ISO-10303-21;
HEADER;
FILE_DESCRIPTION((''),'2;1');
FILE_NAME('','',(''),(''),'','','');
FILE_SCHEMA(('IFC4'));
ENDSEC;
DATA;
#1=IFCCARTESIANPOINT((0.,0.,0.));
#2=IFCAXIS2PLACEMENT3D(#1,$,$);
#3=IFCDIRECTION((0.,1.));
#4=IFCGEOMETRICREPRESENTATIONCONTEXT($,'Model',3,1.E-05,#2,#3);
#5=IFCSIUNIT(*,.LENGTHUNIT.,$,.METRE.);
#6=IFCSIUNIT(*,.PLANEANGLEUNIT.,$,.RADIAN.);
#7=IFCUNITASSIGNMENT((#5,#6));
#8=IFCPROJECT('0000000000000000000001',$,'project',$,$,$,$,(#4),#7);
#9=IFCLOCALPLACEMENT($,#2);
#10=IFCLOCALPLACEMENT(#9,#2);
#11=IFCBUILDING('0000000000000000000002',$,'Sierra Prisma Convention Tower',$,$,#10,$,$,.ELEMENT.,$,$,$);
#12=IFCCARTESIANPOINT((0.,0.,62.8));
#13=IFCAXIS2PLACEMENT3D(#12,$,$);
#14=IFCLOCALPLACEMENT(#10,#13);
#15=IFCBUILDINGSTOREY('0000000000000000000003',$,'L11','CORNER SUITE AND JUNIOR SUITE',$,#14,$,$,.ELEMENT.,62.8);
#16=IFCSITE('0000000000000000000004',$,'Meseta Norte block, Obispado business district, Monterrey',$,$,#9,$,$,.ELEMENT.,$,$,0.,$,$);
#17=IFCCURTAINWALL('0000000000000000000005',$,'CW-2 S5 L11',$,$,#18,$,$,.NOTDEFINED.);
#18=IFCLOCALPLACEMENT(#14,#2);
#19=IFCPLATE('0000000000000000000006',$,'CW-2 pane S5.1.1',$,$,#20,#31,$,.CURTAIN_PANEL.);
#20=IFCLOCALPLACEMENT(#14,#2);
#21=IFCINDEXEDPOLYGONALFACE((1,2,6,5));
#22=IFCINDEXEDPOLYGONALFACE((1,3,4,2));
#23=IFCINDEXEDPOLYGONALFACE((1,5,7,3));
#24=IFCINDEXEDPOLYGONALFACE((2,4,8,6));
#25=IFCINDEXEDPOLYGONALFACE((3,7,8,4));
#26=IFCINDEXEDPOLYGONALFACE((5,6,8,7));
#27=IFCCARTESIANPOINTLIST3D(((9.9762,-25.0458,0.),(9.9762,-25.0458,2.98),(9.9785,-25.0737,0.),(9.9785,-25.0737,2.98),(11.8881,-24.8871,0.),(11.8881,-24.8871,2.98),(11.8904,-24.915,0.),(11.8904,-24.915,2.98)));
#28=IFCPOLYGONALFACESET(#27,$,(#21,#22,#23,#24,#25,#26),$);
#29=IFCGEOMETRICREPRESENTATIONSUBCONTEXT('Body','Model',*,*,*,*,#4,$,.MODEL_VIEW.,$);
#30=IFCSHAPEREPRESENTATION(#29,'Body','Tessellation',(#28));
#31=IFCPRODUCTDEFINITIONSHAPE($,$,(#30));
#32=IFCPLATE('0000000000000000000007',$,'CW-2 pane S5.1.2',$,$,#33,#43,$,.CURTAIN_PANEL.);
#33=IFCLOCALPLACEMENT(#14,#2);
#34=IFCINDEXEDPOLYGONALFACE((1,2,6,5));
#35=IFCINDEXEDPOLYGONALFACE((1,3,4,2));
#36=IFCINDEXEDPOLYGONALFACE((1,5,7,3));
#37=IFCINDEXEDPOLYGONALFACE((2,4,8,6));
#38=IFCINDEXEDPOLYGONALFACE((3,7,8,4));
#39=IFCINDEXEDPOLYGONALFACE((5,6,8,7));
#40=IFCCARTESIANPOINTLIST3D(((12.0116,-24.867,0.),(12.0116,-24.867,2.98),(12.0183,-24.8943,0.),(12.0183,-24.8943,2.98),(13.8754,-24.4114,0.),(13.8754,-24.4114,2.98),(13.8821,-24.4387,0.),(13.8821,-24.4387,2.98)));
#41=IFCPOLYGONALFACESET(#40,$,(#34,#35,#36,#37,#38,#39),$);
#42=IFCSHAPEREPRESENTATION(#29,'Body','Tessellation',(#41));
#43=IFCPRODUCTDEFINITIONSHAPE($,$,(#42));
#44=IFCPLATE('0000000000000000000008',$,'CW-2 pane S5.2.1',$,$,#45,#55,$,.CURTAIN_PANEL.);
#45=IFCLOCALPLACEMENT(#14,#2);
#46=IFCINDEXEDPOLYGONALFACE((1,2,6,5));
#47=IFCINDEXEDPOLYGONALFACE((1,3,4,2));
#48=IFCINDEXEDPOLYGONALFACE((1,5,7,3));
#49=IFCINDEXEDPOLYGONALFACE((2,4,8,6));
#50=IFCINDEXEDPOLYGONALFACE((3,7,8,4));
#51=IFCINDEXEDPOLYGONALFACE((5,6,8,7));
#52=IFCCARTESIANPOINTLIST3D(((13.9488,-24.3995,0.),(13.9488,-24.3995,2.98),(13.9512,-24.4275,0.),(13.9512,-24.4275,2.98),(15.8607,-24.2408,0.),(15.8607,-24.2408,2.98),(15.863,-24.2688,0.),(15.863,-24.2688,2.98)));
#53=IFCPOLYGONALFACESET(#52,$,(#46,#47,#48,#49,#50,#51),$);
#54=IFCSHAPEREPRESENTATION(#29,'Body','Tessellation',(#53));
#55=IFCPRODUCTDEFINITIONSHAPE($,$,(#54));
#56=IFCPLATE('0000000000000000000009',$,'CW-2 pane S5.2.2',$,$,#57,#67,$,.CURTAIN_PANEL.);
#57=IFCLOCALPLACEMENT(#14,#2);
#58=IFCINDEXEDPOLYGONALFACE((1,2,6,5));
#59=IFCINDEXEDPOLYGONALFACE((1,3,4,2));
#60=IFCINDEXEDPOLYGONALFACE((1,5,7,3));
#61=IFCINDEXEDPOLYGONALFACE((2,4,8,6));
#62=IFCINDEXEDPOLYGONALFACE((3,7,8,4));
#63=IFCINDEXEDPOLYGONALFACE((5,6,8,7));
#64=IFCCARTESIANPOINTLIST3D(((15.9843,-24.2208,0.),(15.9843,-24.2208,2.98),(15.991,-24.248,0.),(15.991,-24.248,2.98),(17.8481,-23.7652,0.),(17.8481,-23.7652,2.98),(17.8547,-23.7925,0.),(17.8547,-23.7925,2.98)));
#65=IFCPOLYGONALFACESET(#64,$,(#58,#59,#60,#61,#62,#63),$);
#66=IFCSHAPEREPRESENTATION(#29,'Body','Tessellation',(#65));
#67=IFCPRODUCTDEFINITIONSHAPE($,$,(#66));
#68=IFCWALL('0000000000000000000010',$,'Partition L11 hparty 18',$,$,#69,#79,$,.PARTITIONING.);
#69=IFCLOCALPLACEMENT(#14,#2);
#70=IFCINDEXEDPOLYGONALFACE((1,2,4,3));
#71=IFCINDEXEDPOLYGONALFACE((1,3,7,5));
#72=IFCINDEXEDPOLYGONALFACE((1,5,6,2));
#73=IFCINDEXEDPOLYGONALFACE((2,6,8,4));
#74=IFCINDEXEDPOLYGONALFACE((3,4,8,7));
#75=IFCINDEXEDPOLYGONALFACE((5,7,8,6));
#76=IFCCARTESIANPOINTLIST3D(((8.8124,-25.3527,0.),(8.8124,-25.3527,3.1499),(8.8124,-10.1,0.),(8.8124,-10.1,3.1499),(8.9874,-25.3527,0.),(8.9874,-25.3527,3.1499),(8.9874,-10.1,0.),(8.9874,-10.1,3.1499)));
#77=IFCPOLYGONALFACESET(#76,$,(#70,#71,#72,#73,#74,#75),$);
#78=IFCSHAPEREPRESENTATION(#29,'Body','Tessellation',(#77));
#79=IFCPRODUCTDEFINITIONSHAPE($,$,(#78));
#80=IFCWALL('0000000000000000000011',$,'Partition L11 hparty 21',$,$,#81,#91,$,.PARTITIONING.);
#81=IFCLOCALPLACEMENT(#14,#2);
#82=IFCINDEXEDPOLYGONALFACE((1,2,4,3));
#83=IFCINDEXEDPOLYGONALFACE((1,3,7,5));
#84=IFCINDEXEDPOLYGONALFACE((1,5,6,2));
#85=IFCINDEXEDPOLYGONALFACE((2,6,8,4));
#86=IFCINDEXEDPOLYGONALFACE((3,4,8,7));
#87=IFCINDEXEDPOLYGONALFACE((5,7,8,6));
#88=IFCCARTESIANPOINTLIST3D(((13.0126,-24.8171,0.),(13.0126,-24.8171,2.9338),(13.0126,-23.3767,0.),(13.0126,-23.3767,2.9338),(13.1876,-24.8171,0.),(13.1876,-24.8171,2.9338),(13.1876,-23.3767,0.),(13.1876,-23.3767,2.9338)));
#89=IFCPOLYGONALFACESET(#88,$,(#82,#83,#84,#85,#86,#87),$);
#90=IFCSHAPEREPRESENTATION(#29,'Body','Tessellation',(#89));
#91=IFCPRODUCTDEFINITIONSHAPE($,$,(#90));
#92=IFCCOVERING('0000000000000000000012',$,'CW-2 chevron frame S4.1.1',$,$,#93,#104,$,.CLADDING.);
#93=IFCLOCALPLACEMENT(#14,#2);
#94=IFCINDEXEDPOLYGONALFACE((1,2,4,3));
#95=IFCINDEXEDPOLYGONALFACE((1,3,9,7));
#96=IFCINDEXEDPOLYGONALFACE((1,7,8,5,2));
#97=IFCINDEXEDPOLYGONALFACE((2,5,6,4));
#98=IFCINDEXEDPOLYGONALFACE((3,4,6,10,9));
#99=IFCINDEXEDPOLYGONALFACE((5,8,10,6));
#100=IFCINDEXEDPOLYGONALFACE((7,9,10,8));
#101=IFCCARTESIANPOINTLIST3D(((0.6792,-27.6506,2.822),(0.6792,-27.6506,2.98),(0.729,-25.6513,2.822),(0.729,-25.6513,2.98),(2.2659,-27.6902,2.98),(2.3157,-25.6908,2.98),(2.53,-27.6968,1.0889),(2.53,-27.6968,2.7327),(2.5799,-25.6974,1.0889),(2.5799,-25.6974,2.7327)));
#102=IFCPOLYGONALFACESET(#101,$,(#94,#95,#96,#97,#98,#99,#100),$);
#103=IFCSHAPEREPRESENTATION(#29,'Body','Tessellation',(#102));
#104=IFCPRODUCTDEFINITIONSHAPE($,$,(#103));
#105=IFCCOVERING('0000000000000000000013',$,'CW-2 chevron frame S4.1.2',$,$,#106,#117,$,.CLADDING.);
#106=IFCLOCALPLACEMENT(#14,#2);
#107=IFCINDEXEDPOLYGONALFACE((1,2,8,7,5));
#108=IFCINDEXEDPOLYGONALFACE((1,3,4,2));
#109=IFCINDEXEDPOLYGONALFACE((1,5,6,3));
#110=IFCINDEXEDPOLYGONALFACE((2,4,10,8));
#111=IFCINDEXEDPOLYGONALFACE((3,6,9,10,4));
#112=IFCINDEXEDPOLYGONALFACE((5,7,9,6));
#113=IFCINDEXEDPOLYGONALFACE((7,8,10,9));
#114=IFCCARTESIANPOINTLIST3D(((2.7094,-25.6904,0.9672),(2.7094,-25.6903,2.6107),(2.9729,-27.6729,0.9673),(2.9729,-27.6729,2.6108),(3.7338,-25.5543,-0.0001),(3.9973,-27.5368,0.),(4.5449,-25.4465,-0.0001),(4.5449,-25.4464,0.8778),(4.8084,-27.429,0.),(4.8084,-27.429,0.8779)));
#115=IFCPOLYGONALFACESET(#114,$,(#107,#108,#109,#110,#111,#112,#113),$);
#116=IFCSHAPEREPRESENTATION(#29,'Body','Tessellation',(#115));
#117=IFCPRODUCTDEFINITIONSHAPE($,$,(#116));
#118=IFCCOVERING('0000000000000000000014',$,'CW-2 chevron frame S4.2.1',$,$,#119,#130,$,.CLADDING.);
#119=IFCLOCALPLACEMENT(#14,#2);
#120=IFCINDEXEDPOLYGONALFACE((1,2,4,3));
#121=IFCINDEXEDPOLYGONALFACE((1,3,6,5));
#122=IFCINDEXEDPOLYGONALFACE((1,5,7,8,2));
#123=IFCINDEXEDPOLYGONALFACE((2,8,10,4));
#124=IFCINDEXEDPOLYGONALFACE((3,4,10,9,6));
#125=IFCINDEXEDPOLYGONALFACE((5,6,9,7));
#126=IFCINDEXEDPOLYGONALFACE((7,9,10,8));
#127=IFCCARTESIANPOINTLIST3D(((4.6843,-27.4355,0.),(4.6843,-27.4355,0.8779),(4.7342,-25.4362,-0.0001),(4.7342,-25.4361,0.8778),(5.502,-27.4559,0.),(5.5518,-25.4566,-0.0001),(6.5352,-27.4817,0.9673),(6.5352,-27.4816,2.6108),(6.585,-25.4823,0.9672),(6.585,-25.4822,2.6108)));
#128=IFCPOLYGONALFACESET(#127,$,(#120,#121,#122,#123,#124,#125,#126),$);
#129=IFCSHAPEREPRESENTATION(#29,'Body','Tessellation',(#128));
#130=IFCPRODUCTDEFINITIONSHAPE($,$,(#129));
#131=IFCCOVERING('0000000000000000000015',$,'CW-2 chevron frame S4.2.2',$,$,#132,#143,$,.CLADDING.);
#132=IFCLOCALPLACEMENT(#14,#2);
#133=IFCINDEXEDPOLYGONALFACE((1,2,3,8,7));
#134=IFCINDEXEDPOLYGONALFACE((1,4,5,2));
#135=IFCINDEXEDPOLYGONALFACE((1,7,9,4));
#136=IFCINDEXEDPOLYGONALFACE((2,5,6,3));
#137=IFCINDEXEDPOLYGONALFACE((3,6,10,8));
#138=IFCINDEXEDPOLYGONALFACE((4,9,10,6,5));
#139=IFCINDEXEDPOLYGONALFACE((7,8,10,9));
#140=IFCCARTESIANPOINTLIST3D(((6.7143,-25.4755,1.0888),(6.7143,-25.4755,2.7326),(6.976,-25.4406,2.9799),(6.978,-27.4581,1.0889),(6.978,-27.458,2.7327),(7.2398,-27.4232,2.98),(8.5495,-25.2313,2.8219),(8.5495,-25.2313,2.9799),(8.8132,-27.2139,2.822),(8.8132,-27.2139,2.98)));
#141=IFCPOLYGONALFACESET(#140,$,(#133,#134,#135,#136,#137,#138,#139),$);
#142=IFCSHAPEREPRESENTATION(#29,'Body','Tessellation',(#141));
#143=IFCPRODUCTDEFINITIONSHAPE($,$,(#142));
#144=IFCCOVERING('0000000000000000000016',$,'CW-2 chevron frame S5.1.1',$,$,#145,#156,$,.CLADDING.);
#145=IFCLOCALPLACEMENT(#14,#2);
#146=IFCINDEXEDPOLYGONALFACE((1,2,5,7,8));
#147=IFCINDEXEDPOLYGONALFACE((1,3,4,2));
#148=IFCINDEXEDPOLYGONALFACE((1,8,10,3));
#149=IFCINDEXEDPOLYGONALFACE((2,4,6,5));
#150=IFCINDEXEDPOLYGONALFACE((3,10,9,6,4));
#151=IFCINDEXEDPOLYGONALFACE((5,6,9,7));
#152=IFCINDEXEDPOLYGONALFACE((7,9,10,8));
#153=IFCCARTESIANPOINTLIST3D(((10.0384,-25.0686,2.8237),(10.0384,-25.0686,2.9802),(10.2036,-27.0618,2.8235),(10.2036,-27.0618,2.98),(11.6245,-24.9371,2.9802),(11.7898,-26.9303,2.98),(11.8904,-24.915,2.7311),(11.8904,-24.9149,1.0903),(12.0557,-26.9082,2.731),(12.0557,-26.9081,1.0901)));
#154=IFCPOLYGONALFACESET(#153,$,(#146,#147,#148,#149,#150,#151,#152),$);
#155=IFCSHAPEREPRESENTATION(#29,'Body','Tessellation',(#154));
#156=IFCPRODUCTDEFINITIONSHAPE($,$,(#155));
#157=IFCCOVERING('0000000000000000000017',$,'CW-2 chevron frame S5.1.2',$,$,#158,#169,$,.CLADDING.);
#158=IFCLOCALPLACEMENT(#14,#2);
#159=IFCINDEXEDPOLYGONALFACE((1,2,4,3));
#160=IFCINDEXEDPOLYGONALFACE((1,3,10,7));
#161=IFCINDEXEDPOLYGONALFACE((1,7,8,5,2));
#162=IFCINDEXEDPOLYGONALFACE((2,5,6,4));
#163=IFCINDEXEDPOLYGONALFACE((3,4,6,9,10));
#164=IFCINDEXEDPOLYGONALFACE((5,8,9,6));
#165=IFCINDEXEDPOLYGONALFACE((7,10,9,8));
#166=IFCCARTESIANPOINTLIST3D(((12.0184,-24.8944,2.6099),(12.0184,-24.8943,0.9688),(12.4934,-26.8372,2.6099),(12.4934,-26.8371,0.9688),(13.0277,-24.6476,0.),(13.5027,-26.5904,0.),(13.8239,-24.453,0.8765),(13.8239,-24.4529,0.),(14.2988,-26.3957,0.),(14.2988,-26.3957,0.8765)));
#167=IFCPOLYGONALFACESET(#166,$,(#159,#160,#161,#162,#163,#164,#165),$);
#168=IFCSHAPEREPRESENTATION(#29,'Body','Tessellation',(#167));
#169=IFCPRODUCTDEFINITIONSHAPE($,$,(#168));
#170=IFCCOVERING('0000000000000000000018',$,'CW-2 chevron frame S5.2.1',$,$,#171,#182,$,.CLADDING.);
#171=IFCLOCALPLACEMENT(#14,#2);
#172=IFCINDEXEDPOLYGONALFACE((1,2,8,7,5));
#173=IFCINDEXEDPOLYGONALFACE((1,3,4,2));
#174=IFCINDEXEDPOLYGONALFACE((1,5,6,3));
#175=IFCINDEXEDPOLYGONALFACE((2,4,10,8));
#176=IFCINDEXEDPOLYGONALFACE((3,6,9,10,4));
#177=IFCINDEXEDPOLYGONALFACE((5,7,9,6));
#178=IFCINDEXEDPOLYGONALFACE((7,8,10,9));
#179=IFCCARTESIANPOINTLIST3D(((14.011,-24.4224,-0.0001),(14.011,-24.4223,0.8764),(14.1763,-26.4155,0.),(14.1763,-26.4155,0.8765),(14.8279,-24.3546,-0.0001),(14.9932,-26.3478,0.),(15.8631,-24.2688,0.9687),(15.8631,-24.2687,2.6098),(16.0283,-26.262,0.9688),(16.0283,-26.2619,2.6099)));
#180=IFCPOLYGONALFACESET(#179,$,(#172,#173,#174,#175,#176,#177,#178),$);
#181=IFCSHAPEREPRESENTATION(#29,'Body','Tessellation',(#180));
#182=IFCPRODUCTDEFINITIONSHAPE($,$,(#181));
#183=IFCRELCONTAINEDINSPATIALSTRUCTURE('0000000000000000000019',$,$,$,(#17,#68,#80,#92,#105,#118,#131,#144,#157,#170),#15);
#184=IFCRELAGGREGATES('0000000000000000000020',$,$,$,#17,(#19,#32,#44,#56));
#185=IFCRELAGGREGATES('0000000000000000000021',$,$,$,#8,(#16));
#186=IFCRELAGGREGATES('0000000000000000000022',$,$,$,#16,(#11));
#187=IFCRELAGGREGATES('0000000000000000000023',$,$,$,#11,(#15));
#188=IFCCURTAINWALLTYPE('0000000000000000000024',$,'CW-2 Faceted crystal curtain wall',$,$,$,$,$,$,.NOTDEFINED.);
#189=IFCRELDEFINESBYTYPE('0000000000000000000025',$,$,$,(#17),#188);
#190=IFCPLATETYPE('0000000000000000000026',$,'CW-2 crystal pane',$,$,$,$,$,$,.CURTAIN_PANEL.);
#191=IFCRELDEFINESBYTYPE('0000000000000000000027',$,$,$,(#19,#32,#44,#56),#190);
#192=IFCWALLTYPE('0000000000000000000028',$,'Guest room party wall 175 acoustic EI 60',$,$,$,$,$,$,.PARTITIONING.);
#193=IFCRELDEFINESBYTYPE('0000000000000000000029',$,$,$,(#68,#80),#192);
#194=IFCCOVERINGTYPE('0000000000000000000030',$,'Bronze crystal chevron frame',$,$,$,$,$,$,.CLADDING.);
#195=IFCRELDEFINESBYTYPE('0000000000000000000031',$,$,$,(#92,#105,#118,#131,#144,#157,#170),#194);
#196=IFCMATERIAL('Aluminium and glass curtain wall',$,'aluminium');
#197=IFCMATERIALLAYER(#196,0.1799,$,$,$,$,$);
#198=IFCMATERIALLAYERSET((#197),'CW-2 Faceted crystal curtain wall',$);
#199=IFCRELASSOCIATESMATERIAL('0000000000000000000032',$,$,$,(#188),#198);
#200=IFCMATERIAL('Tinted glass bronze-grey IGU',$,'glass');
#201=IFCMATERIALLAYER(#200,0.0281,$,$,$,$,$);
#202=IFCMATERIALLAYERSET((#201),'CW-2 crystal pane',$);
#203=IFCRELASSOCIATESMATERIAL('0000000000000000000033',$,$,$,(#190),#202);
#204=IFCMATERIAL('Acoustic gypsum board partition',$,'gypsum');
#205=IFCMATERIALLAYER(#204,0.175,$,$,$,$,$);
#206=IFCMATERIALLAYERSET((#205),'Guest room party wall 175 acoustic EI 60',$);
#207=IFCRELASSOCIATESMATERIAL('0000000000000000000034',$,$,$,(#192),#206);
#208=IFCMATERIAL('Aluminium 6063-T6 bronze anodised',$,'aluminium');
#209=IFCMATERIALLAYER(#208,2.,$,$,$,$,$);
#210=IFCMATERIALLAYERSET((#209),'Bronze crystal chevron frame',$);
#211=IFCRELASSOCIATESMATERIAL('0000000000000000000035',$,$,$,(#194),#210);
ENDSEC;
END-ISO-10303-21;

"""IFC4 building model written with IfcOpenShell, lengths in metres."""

from ifc_helpers import new_model, si_unit, direction, frame, frame_2d, origin, place, context, subcontext, project, spatial, polyline, rectangle, outline, extrude, material, layer, layer_set, type_object, element, aggregate, save


model = new_model("IFC4")

# Units and contexts
model_context = context("Model", 3, precision=1e-05, world=origin(), true_north=direction((0.0, 1.0)))
body_context = subcontext(model_context, "Body", "Model", "MODEL_VIEW")
ifc_project = project(units=[si_unit("LENGTHUNIT", "METRE"), si_unit("PLANEANGLEUNIT", "RADIAN")], contexts=[model_context])

# Site, building, storey
site_placement = place(None, origin())
site = spatial("IfcSite", under=ifc_project, at=site_placement, Name="Meseta Norte block, Obispado business district, Monterrey", CompositionType="ELEMENT", RefElevation=0.0)
building_placement = place(site_placement, origin())
building = spatial("IfcBuilding", under=site, at=building_placement, Name="Sierra Prisma Convention Tower", CompositionType="ELEMENT")
storey_placement = place(building_placement, frame((0.0, 0.0, 62.8)))
storey = spatial("IfcBuildingStorey", under=building, at=storey_placement, Name="L11", Description="CORNER SUITE AND JUNIOR SUITE", CompositionType="ELEMENT", Elevation=62.8)

# Curtain wall
ifc_material_1 = material(Name="Aluminium and glass curtain wall", Category="aluminium")
ifc_layer_1 = layer(ifc_material_1, 0.1799)
ifc_layer_set_1 = layer_set([ifc_layer_1], Name="CW-2 Faceted crystal curtain wall")
curtain_wall_type = type_object("IfcCurtainWallType", Name="CW-2 Faceted crystal curtain wall", PredefinedType="NOTDEFINED", material=ifc_layer_set_1)
curtain_wall_1_placement = place(storey_placement, origin())
curtain_wall_1 = element("IfcCurtainWall", 1, at=curtain_wall_1_placement, inside=storey, type_object=curtain_wall_type, Name="CW-2 S5 L11", PredefinedType="NOTDEFINED")

# Plates
ifc_material_2 = material(Name="Tinted glass bronze-grey IGU", Category="glass")
ifc_layer_2 = layer(ifc_material_2, 0.0281)
ifc_layer_set_2 = layer_set([ifc_layer_2], Name="CW-2 crystal pane")
plate_type = type_object("IfcPlateType", Name="CW-2 crystal pane", PredefinedType="CURTAIN_PANEL", material=ifc_layer_set_2)
plate_1_placement = place(storey_placement, frame((9.9785, -25.0737, 0.0), z_axis=(0.082719, -0.996573, 0.0), x_axis=(0.996573, 0.082719, 0.0)))
plate_1 = element("IfcPlate", 2, at=plate_1_placement, type_object=plate_type, Name="CW-2 pane S5.1.1", PredefinedType="CURTAIN_PANEL", context=body_context, shape_type="SweptSolid", body=[
    extrude(outline(polyline([(0.0, 0.0), (1.9184, 0.0), (1.9184, 2.98), (0.0, 2.98), (0.0, 0.0)])), origin(), (0.0, 0.0, -1.0), 0.0281),
])
plate_2_placement = place(storey_placement, frame((13.8821, -24.4387, 0.0), z_axis=(0.237442, -0.971402, 0.0), x_axis=(-0.971402, -0.237442, 0.0)))
plate_2 = element("IfcPlate", 3, at=plate_2_placement, type_object=plate_type, Name="CW-2 pane S5.1.2", PredefinedType="CURTAIN_PANEL", context=body_context, shape_type="SweptSolid", body=[
    extrude(outline(polyline([(0.0, 0.0), (1.9186, 0.0), (1.9186, -2.98), (0.0, -2.98), (0.0, 0.0)])), origin(), (0.0, 0.0, -1.0), 0.0281),
])
plate_3_placement = place(storey_placement, frame((13.9512, -24.4275, 0.0), z_axis=(0.082719, -0.996573, 0.0), x_axis=(0.996573, 0.082719, 0.0)))
plate_3 = element("IfcPlate", 4, at=plate_3_placement, type_object=plate_type, Name="CW-2 pane S5.2.1", PredefinedType="CURTAIN_PANEL", context=body_context, shape_type="SweptSolid", body=[
    extrude(outline(polyline([(0.0, 0.0), (1.9184, 0.0), (1.9184, 2.98), (0.0, 2.98), (0.0, 0.0)])), origin(), (0.0, 0.0, -1.0), 0.0281),
])
plate_4_placement = place(storey_placement, frame((17.8547, -23.7925, 0.0), z_axis=(0.237442, -0.971402, 0.0), x_axis=(-0.971402, -0.237442, 0.0)))
plate_4 = element("IfcPlate", 5, at=plate_4_placement, type_object=plate_type, Name="CW-2 pane S5.2.2", PredefinedType="CURTAIN_PANEL", context=body_context, shape_type="SweptSolid", body=[
    extrude(outline(polyline([(0.0, 0.0), (1.9186, 0.0), (1.9186, -2.98), (0.0, -2.98), (0.0, 0.0)])), origin(), (0.0, 0.0, -1.0), 0.0281),
])
aggregate(curtain_wall_1, [plate_1, plate_2, plate_3, plate_4])

# Walls
ifc_material_3 = material(Name="Acoustic gypsum board partition", Category="gypsum")
ifc_layer_3 = layer(ifc_material_3, 0.175)
ifc_layer_set_3 = layer_set([ifc_layer_3], Name="Guest room party wall 175 acoustic EI 60")
wall_type = type_object("IfcWallType", Name="Guest room party wall 175 acoustic EI 60", PredefinedType="PARTITIONING", material=ifc_layer_set_3)
wall_1_placement = place(storey_placement, frame((8.8999, -25.3528, 0.0), z_axis=(0.0, 0.0, 1.0), x_axis=(0.0, 1.0, 0.0)))
element("IfcWall", 6, at=wall_1_placement, inside=storey, type_object=wall_type, Name="Partition L11 hparty 18", PredefinedType="PARTITIONING", context=body_context, shape_type="SweptSolid", body=[
    extrude(rectangle(XDim=15.2527, YDim=0.175, at=frame_2d((7.6265, 0.0))), origin(), (0.0, 0.0, 1.0), 3.1499),
])
wall_2_placement = place(storey_placement, frame((13.1001, -23.3767, 0.0), z_axis=(0.0, 0.0, 1.0), x_axis=(0.0, -1.0, 0.0)))
element("IfcWall", 7, at=wall_2_placement, inside=storey, type_object=wall_type, Name="Partition L11 hparty 21", PredefinedType="PARTITIONING", context=body_context, shape_type="SweptSolid", body=[
    extrude(rectangle(XDim=1.4404, YDim=0.175, at=frame_2d((0.7202, 0.0))), origin(), (0.0, 0.0, 1.0), 2.9338),
])

# Coverings
ifc_material_4 = material(Name="Aluminium 6063-T6 bronze anodised", Category="aluminium")
ifc_layer_4 = layer(ifc_material_4, 2.0)
ifc_layer_set_4 = layer_set([ifc_layer_4], Name="Bronze crystal chevron frame")
covering_type = type_object("IfcCoveringType", Name="Bronze crystal chevron frame", PredefinedType="CLADDING", material=ifc_layer_set_4)
covering_1_placement = place(storey_placement, frame((0.6792, -27.6506, 2.98), z_axis=(-0.024923, -0.999689, 0.000003), x_axis=(0.0, -0.000003, -1.0)))
element("IfcCovering", 8, at=covering_1_placement, inside=storey, type_object=covering_type, Name="CW-2 chevron frame S4.1.1", PredefinedType="CLADDING", context=body_context, shape_type="SweptSolid", body=[
    extrude(outline(polyline([(0.0, 0.0), (0.158, 0.0), (1.8911, 1.8514), (0.2473, 1.8514), (0.0, 1.5872), (0.0, 0.0)])), origin(), (0.0, 0.0, -1.0), 2.0),
])
covering_2_placement = place(storey_placement, frame((2.9729, -27.6729, 2.6108), z_axis=(0.131747, -0.991283, 0.000047), x_axis=(0.000006, -0.000046, -1.0)))
element("IfcCovering", 9, at=covering_2_placement, inside=storey, type_object=covering_type, Name="CW-2 chevron frame S4.1.2", PredefinedType="CLADDING", context=body_context, shape_type="SweptSolid", body=[
    extrude(outline(polyline([(0.0, 0.0), (1.6436, 0.0), (2.6108, 1.0334), (2.6108, 1.8516), (1.7329, 1.8516), (0.0, 0.0)])), origin(), (0.0, 0.0, -1.0), 2.0),
])
covering_3_placement = place(storey_placement, frame((4.6843, -27.4355, 0.0), z_axis=(-0.024945, -0.999689, 0.000042), x_axis=(0.999689, -0.024945, 0.0)))
element("IfcCovering", 10, at=covering_3_placement, inside=storey, type_object=covering_type, Name="CW-2 chevron frame S4.2.1", PredefinedType="CLADDING", context=body_context, shape_type="SweptSolid", body=[
    extrude(outline(polyline([(0.0, 0.0), (0.8179, 0.0), (1.8514, 0.9673), (1.8514, 2.6108), (0.0, 0.8779), (0.0, 0.0)])), origin(), (0.0, 0.0, -1.0), 2.0),
])
covering_4_placement = place(storey_placement, frame((8.8132, -27.2139, 2.98), z_axis=(0.131864, -0.991268, 0.000047), x_axis=(-0.991268, -0.131864, 0.0)))
element("IfcCovering", 11, at=covering_4_placement, inside=storey, type_object=covering_type, Name="CW-2 chevron frame S4.2.2", PredefinedType="CLADDING", context=body_context, shape_type="SweptSolid", body=[
    extrude(outline(polyline([(0.0, 0.0), (1.5873, 0.0), (1.8514, 0.2473), (1.8514, 1.8911), (0.0, 0.158), (0.0, 0.0)])), origin(), (0.0, 0.0, -1.0), 2.0),
])
covering_5_placement = place(storey_placement, frame((10.2036, -27.0618, 2.98), z_axis=(0.082621, -0.996581, -0.000085), x_axis=(-0.000007, 0.000085, -1.0)))
element("IfcCovering", 12, at=covering_5_placement, inside=storey, type_object=covering_type, Name="CW-2 chevron frame S5.1.1", PredefinedType="CLADDING", context=body_context, shape_type="SweptSolid", body=[
    extrude(outline(polyline([(0.0, 0.0), (0.1565, 0.0), (1.8899, 1.8584), (0.249, 1.8584), (0.0, 1.5916), (0.0, 0.0)])), origin(), (0.0, 0.0, -1.0), 2.0),
])
covering_6_placement = place(storey_placement, frame((12.4934, -26.8372, 2.6099), z_axis=(0.237483, -0.971392, -0.000023), x_axis=(-0.000005, 0.000022, -1.0)))
element("IfcCovering", 13, at=covering_6_placement, inside=storey, type_object=covering_type, Name="CW-2 chevron frame S5.1.2", PredefinedType="CLADDING", context=body_context, shape_type="SweptSolid", body=[
    extrude(outline(polyline([(0.0, 0.0), (1.6411, 0.0), (2.6099, 1.039), (2.6099, 1.8586), (1.7334, 1.8586), (0.0, 0.0)])), origin(), (0.0, 0.0, -1.0), 2.0),
])
covering_7_placement = place(storey_placement, frame((14.1763, -26.4155, 0.0), z_axis=(0.082614, -0.996582, 0.000036), x_axis=(0.996582, 0.082614, 0.0)))
element("IfcCovering", 14, at=covering_7_placement, inside=storey, type_object=covering_type, Name="CW-2 chevron frame S5.2.1", PredefinedType="CLADDING", context=body_context, shape_type="SweptSolid", body=[
    extrude(outline(polyline([(0.0, 0.0), (0.8197, 0.0), (1.8584, 0.9688), (1.8584, 2.6099), (0.0, 0.8765), (0.0, 0.0)])), origin(), (0.0, 0.0, -1.0), 2.0),
])

save(model, "model.ifc")
